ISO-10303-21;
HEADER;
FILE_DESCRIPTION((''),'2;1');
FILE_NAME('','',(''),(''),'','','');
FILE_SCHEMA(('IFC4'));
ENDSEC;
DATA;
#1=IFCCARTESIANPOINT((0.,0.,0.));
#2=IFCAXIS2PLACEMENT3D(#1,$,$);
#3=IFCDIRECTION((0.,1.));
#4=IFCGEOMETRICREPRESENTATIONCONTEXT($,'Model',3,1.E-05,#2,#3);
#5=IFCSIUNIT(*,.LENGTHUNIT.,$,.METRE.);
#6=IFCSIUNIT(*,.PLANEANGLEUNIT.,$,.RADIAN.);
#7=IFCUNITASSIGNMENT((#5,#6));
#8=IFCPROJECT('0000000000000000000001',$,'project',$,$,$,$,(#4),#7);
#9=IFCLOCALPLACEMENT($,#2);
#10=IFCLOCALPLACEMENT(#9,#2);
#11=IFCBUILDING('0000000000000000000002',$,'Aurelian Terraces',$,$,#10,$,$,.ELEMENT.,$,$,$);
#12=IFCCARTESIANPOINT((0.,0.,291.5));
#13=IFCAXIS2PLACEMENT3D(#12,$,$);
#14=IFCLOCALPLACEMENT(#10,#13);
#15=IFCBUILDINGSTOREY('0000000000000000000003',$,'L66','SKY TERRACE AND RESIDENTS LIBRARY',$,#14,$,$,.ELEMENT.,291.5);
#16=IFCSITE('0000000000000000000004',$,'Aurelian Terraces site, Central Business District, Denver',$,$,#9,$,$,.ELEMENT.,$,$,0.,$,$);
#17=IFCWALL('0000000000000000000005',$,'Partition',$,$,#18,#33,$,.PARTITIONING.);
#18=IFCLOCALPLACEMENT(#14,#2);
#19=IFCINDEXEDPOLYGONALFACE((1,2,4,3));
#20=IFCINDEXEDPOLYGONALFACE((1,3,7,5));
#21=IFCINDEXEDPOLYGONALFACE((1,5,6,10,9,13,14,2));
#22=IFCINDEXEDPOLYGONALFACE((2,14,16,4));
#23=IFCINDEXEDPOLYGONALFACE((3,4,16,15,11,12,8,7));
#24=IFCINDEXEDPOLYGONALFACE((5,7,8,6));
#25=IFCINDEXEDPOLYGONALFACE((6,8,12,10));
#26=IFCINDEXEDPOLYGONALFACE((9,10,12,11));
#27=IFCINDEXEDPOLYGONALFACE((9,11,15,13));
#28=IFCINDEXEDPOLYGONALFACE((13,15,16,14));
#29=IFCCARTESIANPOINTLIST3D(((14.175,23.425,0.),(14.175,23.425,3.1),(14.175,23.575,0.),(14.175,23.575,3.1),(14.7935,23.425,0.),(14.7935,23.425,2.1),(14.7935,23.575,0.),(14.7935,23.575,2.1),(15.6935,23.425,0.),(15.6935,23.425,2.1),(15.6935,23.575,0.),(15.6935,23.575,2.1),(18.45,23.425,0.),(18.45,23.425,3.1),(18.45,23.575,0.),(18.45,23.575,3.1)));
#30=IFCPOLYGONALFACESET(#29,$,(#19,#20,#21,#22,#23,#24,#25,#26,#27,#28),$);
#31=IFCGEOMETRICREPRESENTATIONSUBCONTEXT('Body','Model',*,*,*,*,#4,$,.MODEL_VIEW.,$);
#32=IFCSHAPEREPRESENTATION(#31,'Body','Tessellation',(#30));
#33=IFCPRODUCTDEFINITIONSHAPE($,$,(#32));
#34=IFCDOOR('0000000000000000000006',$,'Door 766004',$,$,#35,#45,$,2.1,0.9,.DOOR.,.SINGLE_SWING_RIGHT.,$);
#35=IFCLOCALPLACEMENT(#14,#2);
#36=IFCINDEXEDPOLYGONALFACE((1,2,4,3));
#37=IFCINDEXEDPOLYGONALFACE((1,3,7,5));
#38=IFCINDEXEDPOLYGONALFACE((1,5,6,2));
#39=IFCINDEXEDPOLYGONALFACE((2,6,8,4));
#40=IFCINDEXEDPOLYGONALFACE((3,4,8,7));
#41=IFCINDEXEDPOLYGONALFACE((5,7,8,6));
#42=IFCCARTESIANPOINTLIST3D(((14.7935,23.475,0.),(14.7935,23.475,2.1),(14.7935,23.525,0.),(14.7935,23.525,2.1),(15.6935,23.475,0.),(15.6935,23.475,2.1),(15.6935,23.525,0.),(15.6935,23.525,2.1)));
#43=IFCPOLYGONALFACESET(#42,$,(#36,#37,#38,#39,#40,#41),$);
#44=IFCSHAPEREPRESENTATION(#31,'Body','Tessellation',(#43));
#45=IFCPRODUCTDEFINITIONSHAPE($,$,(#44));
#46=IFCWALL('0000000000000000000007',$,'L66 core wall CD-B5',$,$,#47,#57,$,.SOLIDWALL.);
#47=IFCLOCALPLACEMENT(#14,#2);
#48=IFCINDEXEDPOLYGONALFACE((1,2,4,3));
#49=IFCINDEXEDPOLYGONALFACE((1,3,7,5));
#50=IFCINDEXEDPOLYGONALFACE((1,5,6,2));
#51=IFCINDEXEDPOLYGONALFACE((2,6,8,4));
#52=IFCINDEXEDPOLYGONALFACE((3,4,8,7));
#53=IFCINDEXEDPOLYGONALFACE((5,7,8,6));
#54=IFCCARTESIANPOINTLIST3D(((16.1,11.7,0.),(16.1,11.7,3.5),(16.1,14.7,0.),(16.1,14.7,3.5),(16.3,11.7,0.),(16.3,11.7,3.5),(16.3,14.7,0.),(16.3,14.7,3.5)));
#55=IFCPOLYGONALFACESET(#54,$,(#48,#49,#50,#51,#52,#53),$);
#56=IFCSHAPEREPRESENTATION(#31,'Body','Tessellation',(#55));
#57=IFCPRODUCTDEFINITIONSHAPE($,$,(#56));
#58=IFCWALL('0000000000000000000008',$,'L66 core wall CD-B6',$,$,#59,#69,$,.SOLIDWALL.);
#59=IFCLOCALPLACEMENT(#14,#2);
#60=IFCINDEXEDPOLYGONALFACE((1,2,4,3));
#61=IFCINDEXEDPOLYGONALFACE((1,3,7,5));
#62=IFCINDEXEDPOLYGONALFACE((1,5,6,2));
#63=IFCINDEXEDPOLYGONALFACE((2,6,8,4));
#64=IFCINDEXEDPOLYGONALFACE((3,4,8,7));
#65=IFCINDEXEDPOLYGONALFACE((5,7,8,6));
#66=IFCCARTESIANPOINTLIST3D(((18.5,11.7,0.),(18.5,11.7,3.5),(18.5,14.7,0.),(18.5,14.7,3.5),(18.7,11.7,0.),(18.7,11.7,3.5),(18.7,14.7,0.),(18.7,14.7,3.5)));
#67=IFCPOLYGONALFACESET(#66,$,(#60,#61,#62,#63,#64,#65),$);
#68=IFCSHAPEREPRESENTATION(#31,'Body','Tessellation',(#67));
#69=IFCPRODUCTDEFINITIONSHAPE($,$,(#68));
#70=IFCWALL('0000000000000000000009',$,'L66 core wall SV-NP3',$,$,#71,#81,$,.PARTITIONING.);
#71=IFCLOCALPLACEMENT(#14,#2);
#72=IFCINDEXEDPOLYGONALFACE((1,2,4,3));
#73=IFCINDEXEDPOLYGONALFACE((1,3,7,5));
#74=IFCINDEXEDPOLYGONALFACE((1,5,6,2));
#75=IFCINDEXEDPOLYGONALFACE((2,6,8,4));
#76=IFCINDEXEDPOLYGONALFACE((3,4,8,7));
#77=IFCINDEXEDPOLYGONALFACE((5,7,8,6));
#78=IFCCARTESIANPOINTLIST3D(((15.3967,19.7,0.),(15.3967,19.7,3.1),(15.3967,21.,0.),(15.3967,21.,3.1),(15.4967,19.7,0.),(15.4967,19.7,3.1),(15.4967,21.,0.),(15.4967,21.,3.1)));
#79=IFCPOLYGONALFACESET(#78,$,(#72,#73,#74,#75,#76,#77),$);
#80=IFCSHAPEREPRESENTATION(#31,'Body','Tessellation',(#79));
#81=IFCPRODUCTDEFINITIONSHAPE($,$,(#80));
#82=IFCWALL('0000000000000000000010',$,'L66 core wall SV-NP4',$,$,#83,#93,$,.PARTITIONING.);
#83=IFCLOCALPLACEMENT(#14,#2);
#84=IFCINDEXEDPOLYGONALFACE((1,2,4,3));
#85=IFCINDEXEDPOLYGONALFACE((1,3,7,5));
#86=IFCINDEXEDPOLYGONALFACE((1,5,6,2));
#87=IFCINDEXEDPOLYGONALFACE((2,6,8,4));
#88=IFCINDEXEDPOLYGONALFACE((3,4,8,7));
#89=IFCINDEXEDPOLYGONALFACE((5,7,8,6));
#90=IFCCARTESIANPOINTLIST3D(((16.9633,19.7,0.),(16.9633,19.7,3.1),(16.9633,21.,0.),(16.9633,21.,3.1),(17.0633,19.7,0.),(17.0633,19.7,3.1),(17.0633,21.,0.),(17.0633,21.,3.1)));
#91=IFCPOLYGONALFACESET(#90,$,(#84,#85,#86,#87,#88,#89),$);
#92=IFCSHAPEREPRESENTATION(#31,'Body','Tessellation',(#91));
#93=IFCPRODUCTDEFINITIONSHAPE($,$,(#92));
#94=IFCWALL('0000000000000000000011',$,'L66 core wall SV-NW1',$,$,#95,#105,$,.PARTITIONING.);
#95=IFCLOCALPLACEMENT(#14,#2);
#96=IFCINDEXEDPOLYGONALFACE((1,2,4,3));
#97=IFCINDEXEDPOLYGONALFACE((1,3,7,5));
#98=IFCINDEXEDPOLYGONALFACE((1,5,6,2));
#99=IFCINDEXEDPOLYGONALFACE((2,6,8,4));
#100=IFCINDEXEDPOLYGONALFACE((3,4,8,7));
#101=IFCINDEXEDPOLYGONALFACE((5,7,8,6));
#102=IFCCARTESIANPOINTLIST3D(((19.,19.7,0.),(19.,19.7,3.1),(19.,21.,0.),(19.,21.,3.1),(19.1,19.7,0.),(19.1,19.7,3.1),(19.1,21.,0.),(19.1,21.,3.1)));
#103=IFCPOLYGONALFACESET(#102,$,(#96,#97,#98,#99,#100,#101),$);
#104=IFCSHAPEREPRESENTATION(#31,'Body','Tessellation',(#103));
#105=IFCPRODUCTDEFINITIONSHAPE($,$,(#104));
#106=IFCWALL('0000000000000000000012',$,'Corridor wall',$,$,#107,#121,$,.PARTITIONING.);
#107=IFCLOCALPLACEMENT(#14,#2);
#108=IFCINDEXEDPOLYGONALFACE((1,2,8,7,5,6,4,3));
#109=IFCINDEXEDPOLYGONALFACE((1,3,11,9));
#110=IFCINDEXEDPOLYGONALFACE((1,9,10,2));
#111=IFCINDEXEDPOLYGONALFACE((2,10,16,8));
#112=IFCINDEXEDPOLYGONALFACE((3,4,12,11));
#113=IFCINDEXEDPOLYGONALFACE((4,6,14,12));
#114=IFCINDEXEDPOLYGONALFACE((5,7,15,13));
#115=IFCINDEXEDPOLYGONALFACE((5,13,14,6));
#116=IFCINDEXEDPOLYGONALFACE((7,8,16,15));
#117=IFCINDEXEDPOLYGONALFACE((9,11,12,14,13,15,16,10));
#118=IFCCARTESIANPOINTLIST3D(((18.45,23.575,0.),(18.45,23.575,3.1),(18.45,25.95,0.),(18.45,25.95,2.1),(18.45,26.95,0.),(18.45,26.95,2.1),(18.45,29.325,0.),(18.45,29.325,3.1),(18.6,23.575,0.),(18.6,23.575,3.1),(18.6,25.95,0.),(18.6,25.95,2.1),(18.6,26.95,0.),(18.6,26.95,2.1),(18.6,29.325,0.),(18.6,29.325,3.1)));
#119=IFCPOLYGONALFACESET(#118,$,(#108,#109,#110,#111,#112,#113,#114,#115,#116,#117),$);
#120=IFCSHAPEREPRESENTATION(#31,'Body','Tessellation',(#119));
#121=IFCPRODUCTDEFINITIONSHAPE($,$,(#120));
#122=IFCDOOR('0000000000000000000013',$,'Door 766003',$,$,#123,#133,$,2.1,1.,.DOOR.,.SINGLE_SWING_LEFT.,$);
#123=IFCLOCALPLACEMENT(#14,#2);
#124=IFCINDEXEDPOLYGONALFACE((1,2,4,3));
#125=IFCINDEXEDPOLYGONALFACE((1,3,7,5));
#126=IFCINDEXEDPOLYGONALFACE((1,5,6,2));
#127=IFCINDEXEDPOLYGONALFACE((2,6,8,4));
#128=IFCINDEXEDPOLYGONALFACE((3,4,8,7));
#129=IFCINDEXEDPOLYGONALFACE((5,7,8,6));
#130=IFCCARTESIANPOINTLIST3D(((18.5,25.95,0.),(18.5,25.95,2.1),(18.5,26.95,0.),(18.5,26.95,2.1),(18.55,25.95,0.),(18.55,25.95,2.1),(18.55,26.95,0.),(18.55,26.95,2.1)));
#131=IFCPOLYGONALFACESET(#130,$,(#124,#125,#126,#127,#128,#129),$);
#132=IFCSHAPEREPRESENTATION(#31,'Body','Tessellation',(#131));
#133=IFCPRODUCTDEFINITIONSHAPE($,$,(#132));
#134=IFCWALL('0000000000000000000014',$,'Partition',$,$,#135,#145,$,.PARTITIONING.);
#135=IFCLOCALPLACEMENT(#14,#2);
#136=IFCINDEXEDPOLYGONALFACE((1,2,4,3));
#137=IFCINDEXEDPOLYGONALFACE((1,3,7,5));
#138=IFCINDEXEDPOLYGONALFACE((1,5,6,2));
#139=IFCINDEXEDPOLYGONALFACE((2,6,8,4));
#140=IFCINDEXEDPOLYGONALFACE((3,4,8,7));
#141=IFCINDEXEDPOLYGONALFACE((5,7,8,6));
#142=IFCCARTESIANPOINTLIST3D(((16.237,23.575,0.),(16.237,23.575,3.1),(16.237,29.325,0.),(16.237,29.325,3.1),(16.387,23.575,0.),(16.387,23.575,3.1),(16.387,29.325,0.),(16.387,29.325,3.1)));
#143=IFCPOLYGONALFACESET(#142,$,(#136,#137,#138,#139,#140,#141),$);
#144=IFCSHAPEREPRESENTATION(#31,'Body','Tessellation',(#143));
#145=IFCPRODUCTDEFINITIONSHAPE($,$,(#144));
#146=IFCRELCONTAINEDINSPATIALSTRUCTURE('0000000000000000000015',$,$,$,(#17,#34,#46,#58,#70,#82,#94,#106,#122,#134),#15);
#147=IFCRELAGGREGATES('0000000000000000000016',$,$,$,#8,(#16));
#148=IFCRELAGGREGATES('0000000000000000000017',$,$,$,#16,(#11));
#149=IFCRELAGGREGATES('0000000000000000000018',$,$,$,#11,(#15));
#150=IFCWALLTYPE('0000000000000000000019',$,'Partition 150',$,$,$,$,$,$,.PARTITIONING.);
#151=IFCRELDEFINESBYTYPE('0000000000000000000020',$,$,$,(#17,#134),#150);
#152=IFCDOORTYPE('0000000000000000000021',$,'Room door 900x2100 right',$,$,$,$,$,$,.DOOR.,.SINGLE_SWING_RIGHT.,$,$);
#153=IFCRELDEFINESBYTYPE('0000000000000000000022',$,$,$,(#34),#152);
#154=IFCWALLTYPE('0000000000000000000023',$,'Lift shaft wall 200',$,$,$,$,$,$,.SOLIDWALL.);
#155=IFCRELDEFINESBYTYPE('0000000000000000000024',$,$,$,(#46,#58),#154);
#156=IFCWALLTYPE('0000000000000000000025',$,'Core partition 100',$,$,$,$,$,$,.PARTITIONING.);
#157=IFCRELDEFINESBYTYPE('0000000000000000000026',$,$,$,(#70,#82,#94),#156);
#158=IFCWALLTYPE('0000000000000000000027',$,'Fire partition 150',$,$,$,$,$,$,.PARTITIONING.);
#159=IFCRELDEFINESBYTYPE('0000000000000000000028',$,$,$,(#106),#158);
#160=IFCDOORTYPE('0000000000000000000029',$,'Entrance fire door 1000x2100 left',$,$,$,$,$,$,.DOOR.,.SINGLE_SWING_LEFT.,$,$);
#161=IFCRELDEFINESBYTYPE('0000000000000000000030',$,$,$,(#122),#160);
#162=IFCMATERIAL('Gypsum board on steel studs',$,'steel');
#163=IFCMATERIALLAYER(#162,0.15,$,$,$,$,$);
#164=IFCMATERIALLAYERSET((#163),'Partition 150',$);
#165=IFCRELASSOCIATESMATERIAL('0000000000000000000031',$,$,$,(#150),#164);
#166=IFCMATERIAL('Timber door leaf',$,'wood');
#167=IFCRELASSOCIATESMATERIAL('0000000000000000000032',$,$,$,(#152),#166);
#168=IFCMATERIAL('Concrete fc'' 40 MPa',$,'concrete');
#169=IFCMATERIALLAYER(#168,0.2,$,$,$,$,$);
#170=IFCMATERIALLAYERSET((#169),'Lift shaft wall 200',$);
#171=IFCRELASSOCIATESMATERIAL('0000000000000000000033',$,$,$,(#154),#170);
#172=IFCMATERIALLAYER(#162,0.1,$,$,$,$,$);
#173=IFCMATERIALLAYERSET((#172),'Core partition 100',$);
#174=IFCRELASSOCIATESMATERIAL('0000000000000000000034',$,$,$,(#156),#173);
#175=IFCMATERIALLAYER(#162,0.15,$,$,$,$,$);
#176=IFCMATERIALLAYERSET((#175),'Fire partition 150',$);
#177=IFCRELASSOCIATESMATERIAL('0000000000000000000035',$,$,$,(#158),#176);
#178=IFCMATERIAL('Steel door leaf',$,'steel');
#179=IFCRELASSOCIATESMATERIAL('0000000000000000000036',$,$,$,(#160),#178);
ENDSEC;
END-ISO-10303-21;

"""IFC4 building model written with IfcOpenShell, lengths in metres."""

from ifc_helpers import new_model, si_unit, direction, frame, frame_2d, origin, place, context, subcontext, project, spatial, rectangle, extrude, source, transform, mapped, material, layer, layer_set, type_object, element, fill, save


model = new_model("IFC4")

# Units and contexts
model_context = context("Model", 3, precision=1e-05, world=origin(), true_north=direction((0.0, 1.0)))
body_context = subcontext(model_context, "Body", "Model", "MODEL_VIEW")
ifc_project = project(units=[si_unit("LENGTHUNIT", "METRE"), si_unit("PLANEANGLEUNIT", "RADIAN")], contexts=[model_context])

# Site, building, storey
site_placement = place(None, origin())
site = spatial("IfcSite", under=ifc_project, at=site_placement, Name="Aurelian Terraces site, Central Business District, Denver", CompositionType="ELEMENT", RefElevation=0.0)
building_placement = place(site_placement, origin())
building = spatial("IfcBuilding", under=site, at=building_placement, Name="Aurelian Terraces", CompositionType="ELEMENT")
storey_placement = place(building_placement, frame((0.0, 0.0, 291.5)))
storey = spatial("IfcBuildingStorey", under=building, at=storey_placement, Name="L66", Description="SKY TERRACE AND RESIDENTS LIBRARY", CompositionType="ELEMENT", Elevation=291.5)

# Wall, opening, door
ifc_material_1 = material(Name="Gypsum board on steel studs", Category="steel")
ifc_layer_1 = layer(ifc_material_1, 0.15)
ifc_layer_set_1 = layer_set([ifc_layer_1], Name="Partition 150")
wall_type_1 = type_object("IfcWallType", Name="Partition 150", PredefinedType="PARTITIONING", material=ifc_layer_set_1)
wall_1_placement = place(storey_placement, frame((14.175, 23.5, 0.0), z_axis=(0.0, 0.0, 1.0), x_axis=(1.0, 0.0, 0.0)))
wall_1 = element("IfcWall", 1, at=wall_1_placement, inside=storey, type_object=wall_type_1, Name="Partition", PredefinedType="PARTITIONING", context=body_context, shape_type="SweptSolid", body=[
    extrude(rectangle(XDim=4.275, YDim=0.15, at=frame_2d((2.1375, 0.0))), origin(), (0.0, 0.0, 1.0), 3.1),
])
shared_shape_1 = source(origin(), body_context, "Body", "SweptSolid", [
    extrude(rectangle(XDim=0.9, YDim=2.1, at=frame_2d((0.45, 1.05))), frame((0.0, 0.085, 0.0), z_axis=(0.0, -1.0, 0.0), x_axis=(1.0, 0.0, 0.0)), (0.0, 0.0, 1.0), 0.17),
])
opening_1_placement = place(wall_1_placement, frame((0.6185, 0.0, 0.0)))
opening_1 = element("IfcOpeningElement", 2, at=opening_1_placement, cuts=wall_1, PredefinedType="OPENING", context=body_context, shape_type="MappedRepresentation", body=[
    mapped(shared_shape_1, transform((0.0, 0.0, 0.0), scale=1.0)),
])
ifc_material_2 = material(Name="Timber door leaf", Category="wood")
door_type_1 = type_object("IfcDoorType", Name="Room door 900x2100 right", OperationType="SINGLE_SWING_RIGHT", PredefinedType="DOOR", material=ifc_material_2)
shared_shape_2 = source(origin(), body_context, "Body", "SweptSolid", [
    extrude(rectangle(XDim=0.9, YDim=2.1, at=frame_2d((0.45, 1.05))), frame((0.0, 0.025, 0.0), z_axis=(0.0, -1.0, 0.0), x_axis=(1.0, 0.0, 0.0)), (0.0, 0.0, 1.0), 0.05),
])
door_1_placement = place(opening_1_placement, origin())
door_1 = element("IfcDoor", 3, at=door_1_placement, inside=storey, type_object=door_type_1, Name="Door 766004", OperationType="SINGLE_SWING_RIGHT", OverallHeight=2.1, OverallWidth=0.9, PredefinedType="DOOR", context=body_context, shape_type="MappedRepresentation", body=[
    mapped(shared_shape_2, transform((0.0, 0.0, 0.0), scale=1.0)),
])
fill(opening_1, door_1)

# Walls
ifc_material_3 = material(Name="Concrete fc' 40 MPa", Category="concrete")
ifc_layer_2 = layer(ifc_material_3, 0.2)
ifc_layer_set_2 = layer_set([ifc_layer_2], Name="Lift shaft wall 200")
wall_type_2 = type_object("IfcWallType", Name="Lift shaft wall 200", PredefinedType="SOLIDWALL", material=ifc_layer_set_2)
shared_shape_3 = source(origin(), body_context, "Body", "SweptSolid", [
    extrude(rectangle(XDim=3.0, YDim=0.2, at=frame_2d((1.5, 0.0))), origin(), (0.0, 0.0, 1.0), 3.5),
])
for number, where, z_axis, x_axis, name in (
    (4, (16.2, 11.7, 0.0), (0.0, 0.0, 1.0), (0.0, 1.0, 0.0), "L66 core wall CD-B5"),
    (5, (18.6, 11.7, 0.0), (0.0, 0.0, 1.0), (0.0, 1.0, 0.0), "L66 core wall CD-B6"),
):
    element("IfcWall", number, at=place(storey_placement, frame(where, z_axis=z_axis, x_axis=x_axis)), inside=storey, type_object=wall_type_2, Name=name, PredefinedType="SOLIDWALL", context=body_context, shape_type="MappedRepresentation", body=[
        mapped(shared_shape_3, transform((0.0, 0.0, 0.0), scale=1.0)),
    ])
ifc_layer_3 = layer(ifc_material_1, 0.1)
ifc_layer_set_3 = layer_set([ifc_layer_3], Name="Core partition 100")
wall_type_3 = type_object("IfcWallType", Name="Core partition 100", PredefinedType="PARTITIONING", material=ifc_layer_set_3)
shared_shape_4 = source(origin(), body_context, "Body", "SweptSolid", [
    extrude(rectangle(XDim=1.3, YDim=0.1, at=frame_2d((0.65, 0.0))), origin(), (0.0, 0.0, 1.0), 3.1),
])
for number, where, z_axis, x_axis, name in (
    (6, (15.4467, 19.7, 0.0), (0.0, 0.0, 1.0), (0.0, 1.0, 0.0), "L66 core wall SV-NP3"),
    (7, (17.0133, 19.7, 0.0), (0.0, 0.0, 1.0), (0.0, 1.0, 0.0), "L66 core wall SV-NP4"),
    (8, (19.05, 19.7, 0.0), (0.0, 0.0, 1.0), (0.0, 1.0, 0.0), "L66 core wall SV-NW1"),
):
    element("IfcWall", number, at=place(storey_placement, frame(where, z_axis=z_axis, x_axis=x_axis)), inside=storey, type_object=wall_type_3, Name=name, PredefinedType="PARTITIONING", context=body_context, shape_type="MappedRepresentation", body=[
        mapped(shared_shape_4, transform((0.0, 0.0, 0.0), scale=1.0)),
    ])

# Wall, opening, door
ifc_layer_4 = layer(ifc_material_1, 0.15)
ifc_layer_set_4 = layer_set([ifc_layer_4], Name="Fire partition 150")
wall_type_4 = type_object("IfcWallType", Name="Fire partition 150", PredefinedType="PARTITIONING", material=ifc_layer_set_4)
shared_shape_5 = source(origin(), body_context, "Body", "SweptSolid", [
    extrude(rectangle(XDim=5.75, YDim=0.15, at=frame_2d((2.875, 0.0))), origin(), (0.0, 0.0, 1.0), 3.1),
])
wall_2_placement = place(storey_placement, frame((18.525, 23.575, 0.0), z_axis=(0.0, 0.0, 1.0), x_axis=(0.0, 1.0, 0.0)))
wall_2 = element("IfcWall", 9, at=wall_2_placement, inside=storey, type_object=wall_type_4, Name="Corridor wall", PredefinedType="PARTITIONING", context=body_context, shape_type="MappedRepresentation", body=[
    mapped(shared_shape_5, transform((0.0, 0.0, 0.0), scale=1.0)),
])
shared_shape_6 = source(origin(), body_context, "Body", "SweptSolid", [
    extrude(rectangle(XDim=1.0, YDim=2.1, at=frame_2d((0.5, 1.05))), frame((0.0, 0.085, 0.0), z_axis=(0.0, -1.0, 0.0), x_axis=(1.0, 0.0, 0.0)), (0.0, 0.0, 1.0), 0.17),
])
opening_2_placement = place(wall_2_placement, frame((2.375, 0.0, 0.0)))
opening_2 = element("IfcOpeningElement", 10, at=opening_2_placement, cuts=wall_2, PredefinedType="OPENING", context=body_context, shape_type="MappedRepresentation", body=[
    mapped(shared_shape_6, transform((0.0, 0.0, 0.0), scale=1.0)),
])
ifc_material_4 = material(Name="Steel door leaf", Category="steel")
door_type_2 = type_object("IfcDoorType", Name="Entrance fire door 1000x2100 left", OperationType="SINGLE_SWING_LEFT", PredefinedType="DOOR", material=ifc_material_4)
shared_shape_7 = source(origin(), body_context, "Body", "SweptSolid", [
    extrude(rectangle(XDim=1.0, YDim=2.1, at=frame_2d((0.5, 1.05))), frame((0.0, 0.025, 0.0), z_axis=(0.0, -1.0, 0.0), x_axis=(1.0, 0.0, 0.0)), (0.0, 0.0, 1.0), 0.05),
])
door_2_placement = place(opening_2_placement, origin())
door_2 = element("IfcDoor", 11, at=door_2_placement, inside=storey, type_object=door_type_2, Name="Door 766003", OperationType="SINGLE_SWING_LEFT", OverallHeight=2.1, OverallWidth=1.0, PredefinedType="DOOR", context=body_context, shape_type="MappedRepresentation", body=[
    mapped(shared_shape_7, transform((0.0, 0.0, 0.0), scale=1.0)),
])
fill(opening_2, door_2)

# Wall
wall_3_placement = place(storey_placement, frame((16.312, 23.575, 0.0), z_axis=(0.0, 0.0, 1.0), x_axis=(0.0, 1.0, 0.0)))
element("IfcWall", 12, at=wall_3_placement, inside=storey, type_object=wall_type_1, Name="Partition", PredefinedType="PARTITIONING", context=body_context, shape_type="MappedRepresentation", body=[
    mapped(shared_shape_5, transform((0.0, 0.0, 0.0), scale=1.0)),
])

save(model, "model.ifc")
